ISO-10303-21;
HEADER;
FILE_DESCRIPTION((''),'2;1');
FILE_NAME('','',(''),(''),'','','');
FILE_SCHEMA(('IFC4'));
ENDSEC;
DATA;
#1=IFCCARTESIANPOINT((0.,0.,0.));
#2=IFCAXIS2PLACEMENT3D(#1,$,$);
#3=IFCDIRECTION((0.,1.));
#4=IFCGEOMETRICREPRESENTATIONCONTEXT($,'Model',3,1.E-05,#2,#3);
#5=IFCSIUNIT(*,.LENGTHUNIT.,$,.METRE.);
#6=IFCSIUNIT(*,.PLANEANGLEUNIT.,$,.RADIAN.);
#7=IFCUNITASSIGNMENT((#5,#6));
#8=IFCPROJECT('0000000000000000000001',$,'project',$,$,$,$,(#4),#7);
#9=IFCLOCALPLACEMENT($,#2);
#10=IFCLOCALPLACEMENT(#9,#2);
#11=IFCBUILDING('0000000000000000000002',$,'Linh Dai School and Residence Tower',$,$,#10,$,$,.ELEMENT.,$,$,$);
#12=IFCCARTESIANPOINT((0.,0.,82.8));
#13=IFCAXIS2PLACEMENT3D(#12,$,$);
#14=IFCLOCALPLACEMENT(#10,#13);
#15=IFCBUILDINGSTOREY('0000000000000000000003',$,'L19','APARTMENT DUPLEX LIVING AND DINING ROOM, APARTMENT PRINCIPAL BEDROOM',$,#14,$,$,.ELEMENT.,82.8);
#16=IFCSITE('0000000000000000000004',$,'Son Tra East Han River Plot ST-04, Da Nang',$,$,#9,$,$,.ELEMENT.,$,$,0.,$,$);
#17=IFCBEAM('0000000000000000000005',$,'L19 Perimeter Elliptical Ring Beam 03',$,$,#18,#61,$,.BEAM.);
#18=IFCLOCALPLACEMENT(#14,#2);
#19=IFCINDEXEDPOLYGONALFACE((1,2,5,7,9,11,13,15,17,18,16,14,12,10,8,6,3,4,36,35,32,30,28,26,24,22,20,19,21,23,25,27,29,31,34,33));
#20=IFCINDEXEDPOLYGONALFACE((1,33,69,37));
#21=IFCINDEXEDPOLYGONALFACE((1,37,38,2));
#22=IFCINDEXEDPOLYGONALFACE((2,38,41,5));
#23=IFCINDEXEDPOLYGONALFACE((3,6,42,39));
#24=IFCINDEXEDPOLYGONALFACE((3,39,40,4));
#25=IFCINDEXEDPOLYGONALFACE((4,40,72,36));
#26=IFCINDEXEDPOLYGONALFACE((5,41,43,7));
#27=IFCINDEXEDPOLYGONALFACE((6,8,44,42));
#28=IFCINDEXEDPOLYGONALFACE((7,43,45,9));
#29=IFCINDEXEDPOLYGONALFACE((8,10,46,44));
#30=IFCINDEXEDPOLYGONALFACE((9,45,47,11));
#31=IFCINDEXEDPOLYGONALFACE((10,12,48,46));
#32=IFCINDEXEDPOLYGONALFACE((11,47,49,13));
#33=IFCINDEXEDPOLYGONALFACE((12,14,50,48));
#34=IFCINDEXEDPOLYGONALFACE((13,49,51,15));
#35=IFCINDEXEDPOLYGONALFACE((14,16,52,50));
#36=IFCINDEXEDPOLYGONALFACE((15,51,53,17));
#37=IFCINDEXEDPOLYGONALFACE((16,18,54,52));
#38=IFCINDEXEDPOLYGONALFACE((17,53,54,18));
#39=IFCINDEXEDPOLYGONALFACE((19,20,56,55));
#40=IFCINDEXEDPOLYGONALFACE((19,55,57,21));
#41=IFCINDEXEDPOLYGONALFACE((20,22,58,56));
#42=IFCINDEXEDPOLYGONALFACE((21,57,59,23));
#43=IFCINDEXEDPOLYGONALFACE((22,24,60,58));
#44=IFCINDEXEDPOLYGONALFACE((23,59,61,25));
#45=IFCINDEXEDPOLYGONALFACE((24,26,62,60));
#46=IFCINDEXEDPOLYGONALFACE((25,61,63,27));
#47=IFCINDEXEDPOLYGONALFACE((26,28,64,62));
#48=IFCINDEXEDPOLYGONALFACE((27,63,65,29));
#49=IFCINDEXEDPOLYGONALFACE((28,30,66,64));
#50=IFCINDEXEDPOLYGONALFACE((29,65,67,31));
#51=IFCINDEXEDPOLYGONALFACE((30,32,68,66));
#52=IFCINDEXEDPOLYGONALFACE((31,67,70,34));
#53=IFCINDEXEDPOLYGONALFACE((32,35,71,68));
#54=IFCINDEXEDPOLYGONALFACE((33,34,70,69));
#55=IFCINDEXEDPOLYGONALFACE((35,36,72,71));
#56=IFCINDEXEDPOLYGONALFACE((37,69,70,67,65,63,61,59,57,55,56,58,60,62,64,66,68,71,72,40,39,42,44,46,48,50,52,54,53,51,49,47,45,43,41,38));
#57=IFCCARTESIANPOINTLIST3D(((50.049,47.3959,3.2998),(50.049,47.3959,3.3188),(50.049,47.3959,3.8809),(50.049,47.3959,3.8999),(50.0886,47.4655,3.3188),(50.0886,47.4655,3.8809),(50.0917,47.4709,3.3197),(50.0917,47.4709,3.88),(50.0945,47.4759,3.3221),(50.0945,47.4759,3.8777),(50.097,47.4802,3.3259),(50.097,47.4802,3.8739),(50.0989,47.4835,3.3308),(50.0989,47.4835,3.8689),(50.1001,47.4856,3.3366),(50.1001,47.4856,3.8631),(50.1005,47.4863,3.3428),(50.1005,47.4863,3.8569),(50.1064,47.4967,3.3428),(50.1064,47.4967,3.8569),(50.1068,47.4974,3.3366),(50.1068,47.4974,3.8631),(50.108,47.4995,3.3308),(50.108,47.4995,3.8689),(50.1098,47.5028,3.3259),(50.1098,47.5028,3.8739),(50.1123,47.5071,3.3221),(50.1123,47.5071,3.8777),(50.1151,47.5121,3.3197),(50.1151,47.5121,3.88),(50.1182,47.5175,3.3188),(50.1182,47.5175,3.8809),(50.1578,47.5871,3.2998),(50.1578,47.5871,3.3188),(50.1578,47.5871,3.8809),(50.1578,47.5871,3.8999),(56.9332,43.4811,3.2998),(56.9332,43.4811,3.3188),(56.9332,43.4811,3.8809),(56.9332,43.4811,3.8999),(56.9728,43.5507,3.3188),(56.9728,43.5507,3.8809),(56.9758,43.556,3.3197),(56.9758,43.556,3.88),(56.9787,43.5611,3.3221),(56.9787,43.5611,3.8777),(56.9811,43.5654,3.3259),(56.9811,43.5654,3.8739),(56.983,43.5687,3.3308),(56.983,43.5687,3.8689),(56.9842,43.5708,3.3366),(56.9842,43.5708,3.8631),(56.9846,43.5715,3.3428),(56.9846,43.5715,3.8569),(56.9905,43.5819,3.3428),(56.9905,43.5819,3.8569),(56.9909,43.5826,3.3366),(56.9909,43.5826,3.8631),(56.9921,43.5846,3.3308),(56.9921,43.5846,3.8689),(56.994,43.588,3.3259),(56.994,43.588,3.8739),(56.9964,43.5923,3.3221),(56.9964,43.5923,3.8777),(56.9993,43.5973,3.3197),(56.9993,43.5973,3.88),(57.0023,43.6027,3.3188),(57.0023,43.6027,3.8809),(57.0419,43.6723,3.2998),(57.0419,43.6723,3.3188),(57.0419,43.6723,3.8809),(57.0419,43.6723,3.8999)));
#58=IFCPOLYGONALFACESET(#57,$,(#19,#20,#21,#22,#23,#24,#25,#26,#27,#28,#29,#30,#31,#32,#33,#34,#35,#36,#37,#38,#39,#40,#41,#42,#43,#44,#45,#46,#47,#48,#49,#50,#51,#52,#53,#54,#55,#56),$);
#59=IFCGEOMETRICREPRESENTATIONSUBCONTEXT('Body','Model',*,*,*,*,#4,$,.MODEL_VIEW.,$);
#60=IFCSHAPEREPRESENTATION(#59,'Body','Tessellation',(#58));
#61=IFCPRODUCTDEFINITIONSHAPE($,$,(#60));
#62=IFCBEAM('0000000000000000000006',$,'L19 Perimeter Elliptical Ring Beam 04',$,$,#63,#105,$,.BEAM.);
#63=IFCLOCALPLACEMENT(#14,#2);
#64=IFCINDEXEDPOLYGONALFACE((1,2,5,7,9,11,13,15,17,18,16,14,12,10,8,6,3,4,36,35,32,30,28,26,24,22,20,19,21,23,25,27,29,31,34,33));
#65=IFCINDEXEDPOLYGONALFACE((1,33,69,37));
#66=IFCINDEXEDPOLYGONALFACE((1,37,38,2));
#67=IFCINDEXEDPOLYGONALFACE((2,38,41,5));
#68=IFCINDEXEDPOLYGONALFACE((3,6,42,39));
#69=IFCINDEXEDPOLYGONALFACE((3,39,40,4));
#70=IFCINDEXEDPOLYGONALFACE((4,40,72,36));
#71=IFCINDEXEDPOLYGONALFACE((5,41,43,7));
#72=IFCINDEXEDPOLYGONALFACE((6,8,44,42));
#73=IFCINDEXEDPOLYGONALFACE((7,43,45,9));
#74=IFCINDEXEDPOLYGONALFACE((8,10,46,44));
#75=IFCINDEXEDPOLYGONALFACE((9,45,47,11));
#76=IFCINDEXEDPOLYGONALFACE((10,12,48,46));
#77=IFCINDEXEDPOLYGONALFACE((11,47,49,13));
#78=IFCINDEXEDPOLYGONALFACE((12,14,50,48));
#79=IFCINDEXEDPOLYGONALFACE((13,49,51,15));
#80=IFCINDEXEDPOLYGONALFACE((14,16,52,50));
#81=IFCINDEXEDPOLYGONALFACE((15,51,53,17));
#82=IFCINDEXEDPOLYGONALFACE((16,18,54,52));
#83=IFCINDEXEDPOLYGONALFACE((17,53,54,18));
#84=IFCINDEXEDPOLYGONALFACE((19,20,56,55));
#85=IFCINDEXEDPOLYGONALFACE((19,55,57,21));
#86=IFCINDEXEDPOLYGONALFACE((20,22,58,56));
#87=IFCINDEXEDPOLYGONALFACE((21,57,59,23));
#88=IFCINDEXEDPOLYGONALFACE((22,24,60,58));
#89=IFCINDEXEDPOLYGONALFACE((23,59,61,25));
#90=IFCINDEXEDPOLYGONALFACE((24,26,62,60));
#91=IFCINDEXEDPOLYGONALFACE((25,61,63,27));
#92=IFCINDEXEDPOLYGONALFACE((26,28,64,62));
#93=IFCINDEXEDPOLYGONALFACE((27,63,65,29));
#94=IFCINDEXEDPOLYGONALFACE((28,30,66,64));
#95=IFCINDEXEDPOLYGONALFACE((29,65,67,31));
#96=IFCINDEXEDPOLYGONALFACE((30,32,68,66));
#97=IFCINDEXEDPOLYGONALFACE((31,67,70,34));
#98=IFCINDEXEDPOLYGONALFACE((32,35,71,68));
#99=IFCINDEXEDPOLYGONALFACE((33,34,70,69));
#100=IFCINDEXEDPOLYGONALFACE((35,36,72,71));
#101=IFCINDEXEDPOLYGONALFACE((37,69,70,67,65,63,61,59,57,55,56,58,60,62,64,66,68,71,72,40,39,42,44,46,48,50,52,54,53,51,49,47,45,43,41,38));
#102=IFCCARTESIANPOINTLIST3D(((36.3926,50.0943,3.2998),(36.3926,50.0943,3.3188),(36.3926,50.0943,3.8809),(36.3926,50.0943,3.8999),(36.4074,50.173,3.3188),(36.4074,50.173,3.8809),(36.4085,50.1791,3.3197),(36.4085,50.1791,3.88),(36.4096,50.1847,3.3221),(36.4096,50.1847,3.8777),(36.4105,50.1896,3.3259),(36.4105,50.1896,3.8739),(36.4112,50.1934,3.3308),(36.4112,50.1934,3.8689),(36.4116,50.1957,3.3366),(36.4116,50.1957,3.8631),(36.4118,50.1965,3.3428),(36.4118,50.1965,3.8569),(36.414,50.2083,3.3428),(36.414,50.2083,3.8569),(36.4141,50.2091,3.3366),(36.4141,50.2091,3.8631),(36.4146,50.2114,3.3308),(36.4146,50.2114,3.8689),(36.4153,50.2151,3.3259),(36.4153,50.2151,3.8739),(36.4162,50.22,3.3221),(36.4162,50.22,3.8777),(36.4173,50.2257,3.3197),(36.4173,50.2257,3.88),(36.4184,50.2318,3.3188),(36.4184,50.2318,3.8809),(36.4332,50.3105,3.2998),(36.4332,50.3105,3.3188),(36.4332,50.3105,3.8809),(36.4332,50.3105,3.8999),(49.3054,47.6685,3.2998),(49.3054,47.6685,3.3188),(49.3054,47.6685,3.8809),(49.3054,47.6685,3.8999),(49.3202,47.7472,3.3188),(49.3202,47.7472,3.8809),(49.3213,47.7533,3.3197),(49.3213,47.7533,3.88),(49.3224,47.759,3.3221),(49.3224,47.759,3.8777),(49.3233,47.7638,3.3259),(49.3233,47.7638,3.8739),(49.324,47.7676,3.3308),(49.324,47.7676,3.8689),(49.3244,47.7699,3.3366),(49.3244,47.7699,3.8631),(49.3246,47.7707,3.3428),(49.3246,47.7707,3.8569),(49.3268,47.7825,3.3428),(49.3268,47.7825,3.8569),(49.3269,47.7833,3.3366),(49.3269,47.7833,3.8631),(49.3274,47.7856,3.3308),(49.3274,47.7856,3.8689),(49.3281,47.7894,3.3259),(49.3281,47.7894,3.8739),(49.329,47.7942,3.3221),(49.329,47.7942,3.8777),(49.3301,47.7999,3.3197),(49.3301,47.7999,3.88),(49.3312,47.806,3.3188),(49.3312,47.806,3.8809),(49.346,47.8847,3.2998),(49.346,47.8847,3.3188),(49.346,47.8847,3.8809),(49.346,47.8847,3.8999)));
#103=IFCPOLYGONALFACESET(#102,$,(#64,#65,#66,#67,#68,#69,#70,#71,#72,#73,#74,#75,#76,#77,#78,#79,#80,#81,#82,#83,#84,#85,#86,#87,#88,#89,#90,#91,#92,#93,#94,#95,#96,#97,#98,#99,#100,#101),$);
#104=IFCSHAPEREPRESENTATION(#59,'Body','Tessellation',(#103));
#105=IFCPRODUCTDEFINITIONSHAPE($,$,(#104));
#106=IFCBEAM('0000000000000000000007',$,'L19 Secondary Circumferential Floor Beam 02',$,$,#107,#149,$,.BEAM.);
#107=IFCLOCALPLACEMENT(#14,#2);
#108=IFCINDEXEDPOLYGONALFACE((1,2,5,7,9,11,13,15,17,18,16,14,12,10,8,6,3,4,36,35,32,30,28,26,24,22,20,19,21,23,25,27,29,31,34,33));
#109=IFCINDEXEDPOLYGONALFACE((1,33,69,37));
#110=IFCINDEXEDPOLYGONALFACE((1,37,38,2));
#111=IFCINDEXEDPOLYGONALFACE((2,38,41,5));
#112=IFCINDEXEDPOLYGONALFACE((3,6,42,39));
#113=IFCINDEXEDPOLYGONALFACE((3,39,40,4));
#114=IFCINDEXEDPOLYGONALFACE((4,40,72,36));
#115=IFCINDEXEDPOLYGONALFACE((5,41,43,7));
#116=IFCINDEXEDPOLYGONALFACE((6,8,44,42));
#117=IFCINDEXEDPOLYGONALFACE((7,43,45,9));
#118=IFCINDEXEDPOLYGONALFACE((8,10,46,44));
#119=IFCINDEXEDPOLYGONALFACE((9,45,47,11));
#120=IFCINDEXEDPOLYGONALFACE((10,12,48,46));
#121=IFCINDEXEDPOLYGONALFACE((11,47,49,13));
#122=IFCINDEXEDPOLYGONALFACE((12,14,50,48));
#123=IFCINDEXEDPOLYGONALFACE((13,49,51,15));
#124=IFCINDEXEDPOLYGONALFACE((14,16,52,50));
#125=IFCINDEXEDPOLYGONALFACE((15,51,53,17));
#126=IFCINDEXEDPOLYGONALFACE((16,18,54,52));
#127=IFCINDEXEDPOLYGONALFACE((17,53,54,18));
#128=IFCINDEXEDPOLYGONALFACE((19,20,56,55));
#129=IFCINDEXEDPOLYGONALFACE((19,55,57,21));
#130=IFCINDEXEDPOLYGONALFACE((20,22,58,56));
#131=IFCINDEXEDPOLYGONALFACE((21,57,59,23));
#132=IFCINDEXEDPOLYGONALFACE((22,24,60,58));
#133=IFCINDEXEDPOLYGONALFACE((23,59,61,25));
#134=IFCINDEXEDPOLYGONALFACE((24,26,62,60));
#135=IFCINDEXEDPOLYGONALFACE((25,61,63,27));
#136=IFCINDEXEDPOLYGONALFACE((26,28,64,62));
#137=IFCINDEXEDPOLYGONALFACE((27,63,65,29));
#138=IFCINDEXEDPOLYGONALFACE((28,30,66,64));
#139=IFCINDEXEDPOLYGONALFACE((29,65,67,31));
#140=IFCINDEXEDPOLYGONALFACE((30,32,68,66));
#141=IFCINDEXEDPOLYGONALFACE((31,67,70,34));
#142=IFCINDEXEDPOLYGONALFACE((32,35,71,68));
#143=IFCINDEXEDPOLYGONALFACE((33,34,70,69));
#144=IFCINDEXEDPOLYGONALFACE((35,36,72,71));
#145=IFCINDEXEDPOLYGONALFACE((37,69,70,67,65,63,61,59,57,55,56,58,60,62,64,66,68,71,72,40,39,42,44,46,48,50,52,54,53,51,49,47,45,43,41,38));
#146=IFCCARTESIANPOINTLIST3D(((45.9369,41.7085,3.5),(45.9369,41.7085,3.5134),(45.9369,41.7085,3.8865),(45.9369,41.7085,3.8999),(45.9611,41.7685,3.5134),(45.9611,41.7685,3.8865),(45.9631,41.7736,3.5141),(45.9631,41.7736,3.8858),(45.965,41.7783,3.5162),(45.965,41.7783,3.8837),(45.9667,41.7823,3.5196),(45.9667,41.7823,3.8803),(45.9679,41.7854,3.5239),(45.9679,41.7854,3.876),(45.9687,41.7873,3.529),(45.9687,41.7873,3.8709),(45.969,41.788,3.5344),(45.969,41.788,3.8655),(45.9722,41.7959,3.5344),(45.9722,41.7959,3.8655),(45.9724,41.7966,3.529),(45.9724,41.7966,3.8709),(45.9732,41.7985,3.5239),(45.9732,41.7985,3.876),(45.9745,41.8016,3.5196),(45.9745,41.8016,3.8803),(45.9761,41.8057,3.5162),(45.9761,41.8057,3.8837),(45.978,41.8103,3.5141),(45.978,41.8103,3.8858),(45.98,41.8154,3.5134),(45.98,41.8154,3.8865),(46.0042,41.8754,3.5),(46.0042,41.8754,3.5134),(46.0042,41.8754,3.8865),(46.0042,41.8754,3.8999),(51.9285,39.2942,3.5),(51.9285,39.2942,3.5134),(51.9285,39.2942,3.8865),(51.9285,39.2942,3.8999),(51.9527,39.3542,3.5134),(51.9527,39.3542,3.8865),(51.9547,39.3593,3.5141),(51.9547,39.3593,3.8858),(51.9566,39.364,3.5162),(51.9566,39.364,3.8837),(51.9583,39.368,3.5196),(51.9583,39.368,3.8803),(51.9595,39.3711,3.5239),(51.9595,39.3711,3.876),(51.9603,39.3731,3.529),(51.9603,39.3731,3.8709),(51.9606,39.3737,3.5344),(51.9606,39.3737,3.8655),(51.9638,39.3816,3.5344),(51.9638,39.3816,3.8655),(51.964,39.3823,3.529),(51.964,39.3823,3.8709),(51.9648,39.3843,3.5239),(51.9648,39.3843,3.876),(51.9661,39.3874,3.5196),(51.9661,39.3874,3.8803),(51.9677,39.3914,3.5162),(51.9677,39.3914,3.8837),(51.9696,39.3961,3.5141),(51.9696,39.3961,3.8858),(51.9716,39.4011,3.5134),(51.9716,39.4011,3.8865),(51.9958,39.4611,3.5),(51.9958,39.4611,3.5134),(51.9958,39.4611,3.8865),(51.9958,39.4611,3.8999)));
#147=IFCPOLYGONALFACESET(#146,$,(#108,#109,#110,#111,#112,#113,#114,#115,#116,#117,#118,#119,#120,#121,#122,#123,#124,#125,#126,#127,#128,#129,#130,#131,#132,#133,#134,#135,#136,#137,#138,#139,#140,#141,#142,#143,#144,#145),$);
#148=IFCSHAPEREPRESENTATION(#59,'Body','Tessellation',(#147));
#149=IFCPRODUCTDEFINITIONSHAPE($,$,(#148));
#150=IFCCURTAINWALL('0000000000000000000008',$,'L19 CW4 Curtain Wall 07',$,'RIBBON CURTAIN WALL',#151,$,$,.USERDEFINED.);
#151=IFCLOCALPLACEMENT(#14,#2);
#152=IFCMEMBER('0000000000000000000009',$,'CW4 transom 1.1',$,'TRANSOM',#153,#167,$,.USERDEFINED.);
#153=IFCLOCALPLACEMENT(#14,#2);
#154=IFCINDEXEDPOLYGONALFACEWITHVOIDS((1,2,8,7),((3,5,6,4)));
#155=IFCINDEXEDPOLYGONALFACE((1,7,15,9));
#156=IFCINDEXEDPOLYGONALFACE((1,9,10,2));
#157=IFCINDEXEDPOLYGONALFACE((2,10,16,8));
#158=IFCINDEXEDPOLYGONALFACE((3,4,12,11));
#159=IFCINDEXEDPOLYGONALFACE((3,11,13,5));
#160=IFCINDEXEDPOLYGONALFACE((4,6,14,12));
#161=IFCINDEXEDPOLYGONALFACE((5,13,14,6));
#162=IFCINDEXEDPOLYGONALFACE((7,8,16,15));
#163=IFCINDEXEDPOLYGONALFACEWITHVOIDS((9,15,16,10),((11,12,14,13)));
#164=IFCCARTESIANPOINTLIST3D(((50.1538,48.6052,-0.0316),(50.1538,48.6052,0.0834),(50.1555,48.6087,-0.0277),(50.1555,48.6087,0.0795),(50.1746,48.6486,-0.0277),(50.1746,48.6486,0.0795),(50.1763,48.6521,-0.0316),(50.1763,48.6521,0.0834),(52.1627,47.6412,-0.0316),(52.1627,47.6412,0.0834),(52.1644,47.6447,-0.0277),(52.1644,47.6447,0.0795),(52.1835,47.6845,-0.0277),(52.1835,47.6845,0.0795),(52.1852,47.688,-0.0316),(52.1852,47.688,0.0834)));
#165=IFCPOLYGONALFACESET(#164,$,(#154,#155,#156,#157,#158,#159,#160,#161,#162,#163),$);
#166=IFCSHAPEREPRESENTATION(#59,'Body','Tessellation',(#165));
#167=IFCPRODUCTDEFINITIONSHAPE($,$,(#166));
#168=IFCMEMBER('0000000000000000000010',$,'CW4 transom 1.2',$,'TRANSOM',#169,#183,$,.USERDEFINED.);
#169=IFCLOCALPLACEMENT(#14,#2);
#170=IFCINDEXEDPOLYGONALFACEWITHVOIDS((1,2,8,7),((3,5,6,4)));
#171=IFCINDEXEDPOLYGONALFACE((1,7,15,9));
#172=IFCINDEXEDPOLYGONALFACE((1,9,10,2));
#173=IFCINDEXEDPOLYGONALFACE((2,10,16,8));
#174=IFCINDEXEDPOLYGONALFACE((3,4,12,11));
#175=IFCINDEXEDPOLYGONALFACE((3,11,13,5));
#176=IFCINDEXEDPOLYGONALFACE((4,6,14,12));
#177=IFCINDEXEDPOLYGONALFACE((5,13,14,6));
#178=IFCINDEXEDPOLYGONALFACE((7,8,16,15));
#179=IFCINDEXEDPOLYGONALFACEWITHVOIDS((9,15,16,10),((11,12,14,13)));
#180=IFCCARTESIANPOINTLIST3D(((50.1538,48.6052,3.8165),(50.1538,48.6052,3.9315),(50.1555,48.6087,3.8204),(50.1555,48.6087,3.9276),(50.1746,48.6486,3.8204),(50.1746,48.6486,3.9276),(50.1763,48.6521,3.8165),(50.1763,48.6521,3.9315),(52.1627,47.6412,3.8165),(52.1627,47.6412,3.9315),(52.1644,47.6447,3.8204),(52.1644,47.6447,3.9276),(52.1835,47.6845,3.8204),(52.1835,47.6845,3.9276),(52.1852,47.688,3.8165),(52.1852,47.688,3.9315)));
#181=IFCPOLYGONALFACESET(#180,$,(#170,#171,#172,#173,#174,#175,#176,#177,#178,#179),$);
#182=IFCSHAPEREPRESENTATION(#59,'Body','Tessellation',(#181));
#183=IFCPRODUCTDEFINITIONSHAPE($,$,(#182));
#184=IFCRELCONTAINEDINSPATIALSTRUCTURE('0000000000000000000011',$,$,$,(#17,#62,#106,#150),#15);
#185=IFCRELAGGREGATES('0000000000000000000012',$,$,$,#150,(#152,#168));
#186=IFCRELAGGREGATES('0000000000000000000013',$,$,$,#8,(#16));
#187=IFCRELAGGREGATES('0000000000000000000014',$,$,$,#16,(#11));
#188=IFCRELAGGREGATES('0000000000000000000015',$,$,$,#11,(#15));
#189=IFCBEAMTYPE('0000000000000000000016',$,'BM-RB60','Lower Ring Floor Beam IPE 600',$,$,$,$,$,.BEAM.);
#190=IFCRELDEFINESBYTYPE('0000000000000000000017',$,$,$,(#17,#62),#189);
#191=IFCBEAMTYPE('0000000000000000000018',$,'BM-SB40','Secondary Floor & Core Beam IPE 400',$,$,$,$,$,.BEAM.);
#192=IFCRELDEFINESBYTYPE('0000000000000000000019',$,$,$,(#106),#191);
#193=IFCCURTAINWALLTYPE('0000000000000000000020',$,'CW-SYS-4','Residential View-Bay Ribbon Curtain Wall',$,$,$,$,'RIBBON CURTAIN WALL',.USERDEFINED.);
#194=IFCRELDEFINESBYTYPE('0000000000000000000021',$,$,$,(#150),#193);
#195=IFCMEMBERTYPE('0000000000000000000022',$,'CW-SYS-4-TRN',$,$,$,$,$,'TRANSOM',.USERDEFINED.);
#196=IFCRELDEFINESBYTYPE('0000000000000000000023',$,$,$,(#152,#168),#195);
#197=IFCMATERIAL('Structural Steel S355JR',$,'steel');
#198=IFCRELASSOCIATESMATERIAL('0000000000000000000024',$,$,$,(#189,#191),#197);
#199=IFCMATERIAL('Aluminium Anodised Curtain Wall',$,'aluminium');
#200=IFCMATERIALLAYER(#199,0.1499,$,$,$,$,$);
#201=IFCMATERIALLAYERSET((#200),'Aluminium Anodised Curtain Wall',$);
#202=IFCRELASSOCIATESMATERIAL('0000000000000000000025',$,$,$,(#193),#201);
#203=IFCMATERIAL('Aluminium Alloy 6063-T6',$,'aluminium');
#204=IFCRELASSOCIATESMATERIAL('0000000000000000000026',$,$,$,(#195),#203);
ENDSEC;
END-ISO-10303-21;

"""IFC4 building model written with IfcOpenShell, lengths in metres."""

from ifc_helpers import new_model, si_unit, direction, frame, origin, origin_2d, place, context, subcontext, project, spatial, hollow_rectangle, i_section, extrude, source, transform, mapped, material, layer, layer_set, material_profile, profile_set, type_object, element, aggregate, save


model = new_model("IFC4")

# Units and contexts
model_context = context("Model", 3, precision=1e-05, world=origin(), true_north=direction((0.0, 1.0)))
body_context = subcontext(model_context, "Body", "Model", "MODEL_VIEW")
ifc_project = project(units=[si_unit("LENGTHUNIT", "METRE"), si_unit("PLANEANGLEUNIT", "RADIAN")], contexts=[model_context])

# Site, building, storey
site_placement = place(None, origin())
site = spatial("IfcSite", under=ifc_project, at=site_placement, Name="Son Tra East Han River Plot ST-04, Da Nang", CompositionType="ELEMENT", RefElevation=0.0)
building_placement = place(site_placement, origin())
building = spatial("IfcBuilding", under=site, at=building_placement, Name="Linh Dai School and Residence Tower", CompositionType="ELEMENT")
storey_placement = place(building_placement, frame((0.0, 0.0, 82.8)))
storey = spatial("IfcBuildingStorey", under=building, at=storey_placement, Name="L19", Description="APARTMENT DUPLEX LIVING AND DINING ROOM, APARTMENT PRINCIPAL BEDROOM", CompositionType="ELEMENT", Elevation=82.8)

# Shared definitions
ifc_material_1 = material(Name="Structural Steel S355JR", Category="steel")

# Beams
ifc_material_profile_1 = material_profile(ifc_material_1, i_section(OverallWidth=0.22, OverallDepth=0.6001, WebThickness=0.012, FlangeThickness=0.019, FilletRadius=0.0239, at=origin_2d()), Name="IPE 600")
ifc_profile_set_1 = profile_set([ifc_material_profile_1], Name="Structural Steel S355JR")
beam_type_1 = type_object("IfcBeamType", Name="BM-RB60", Description="Lower Ring Floor Beam IPE 600", PredefinedType="BEAM", material=ifc_profile_set_1)
beam_1_placement = place(storey_placement, frame((56.9875, 43.5767, 3.5999), z_axis=(-0.869271, 0.494335, 0.0), x_axis=(-0.494335, -0.869271, 0.0)))
element("IfcBeam", 1, at=beam_1_placement, inside=storey, type_object=beam_type_1, Name="L19 Perimeter Elliptical Ring Beam 03", PredefinedType="BEAM", context=body_context, shape_type="SweptSolid", body=[
    extrude(i_section(OverallWidth=0.22, OverallDepth=0.6001, WebThickness=0.012, FlangeThickness=0.019, FilletRadius=0.0239, at=origin_2d()), origin(), (0.0, 0.0, 1.0), 7.9194),
])
beam_2_placement = place(storey_placement, frame((49.3257, 47.7766, 3.5999), z_axis=(-0.982808, 0.184628, 0.0), x_axis=(-0.184628, -0.982808, 0.0)))
element("IfcBeam", 2, at=beam_2_placement, inside=storey, type_object=beam_type_1, Name="L19 Perimeter Elliptical Ring Beam 04", PredefinedType="BEAM", context=body_context, shape_type="SweptSolid", body=[
    extrude(i_section(OverallWidth=0.22, OverallDepth=0.6001, WebThickness=0.012, FlangeThickness=0.019, FilletRadius=0.0239, at=origin_2d()), origin(), (0.0, 0.0, 1.0), 13.1387),
])
ifc_material_profile_2 = material_profile(ifc_material_1, i_section(OverallWidth=0.1799, OverallDepth=0.3999, WebThickness=0.0085, FlangeThickness=0.0134, FilletRadius=0.021, at=origin_2d()), Name="IPE 400")
ifc_profile_set_2 = profile_set([ifc_material_profile_2], Name="Structural Steel S355JR")
beam_type_2 = type_object("IfcBeamType", Name="BM-SB40", Description="Secondary Floor & Core Beam IPE 400", PredefinedType="BEAM", material=ifc_profile_set_2)
beam_3_placement = place(storey_placement, frame((51.9622, 39.3777, 3.7), z_axis=(-0.927533, 0.373742, 0.0), x_axis=(-0.373742, -0.927533, 0.0)))
element("IfcBeam", 3, at=beam_3_placement, inside=storey, type_object=beam_type_2, Name="L19 Secondary Circumferential Floor Beam 02", PredefinedType="BEAM", context=body_context, shape_type="SweptSolid", body=[
    extrude(i_section(OverallWidth=0.1799, OverallDepth=0.3999, WebThickness=0.0085, FlangeThickness=0.0134, FilletRadius=0.021, at=origin_2d()), origin(), (0.0, 0.0, 1.0), 6.4597),
])

# Curtain wall, members
ifc_material_2 = material(Name="Aluminium Anodised Curtain Wall", Category="aluminium")
ifc_layer_1 = layer(ifc_material_2, 0.1499)
ifc_layer_set_1 = layer_set([ifc_layer_1], Name="Aluminium Anodised Curtain Wall")
curtain_wall_type = type_object("IfcCurtainWallType", Name="CW-SYS-4", Description="Residential View-Bay Ribbon Curtain Wall", ElementType="RIBBON CURTAIN WALL", PredefinedType="USERDEFINED", material=ifc_layer_set_1)
curtain_wall_placement = place(storey_placement, origin())
curtain_wall = element("IfcCurtainWall", 4, at=curtain_wall_placement, inside=storey, type_object=curtain_wall_type, Name="L19 CW4 Curtain Wall 07", ObjectType="RIBBON CURTAIN WALL", PredefinedType="USERDEFINED")
ifc_material_3 = material(Name="Aluminium Alloy 6063-T6", Category="aluminium")
ifc_material_profile_3 = material_profile(ifc_material_3, hollow_rectangle(XDim=0.052, YDim=0.115, WallThickness=0.0039, at=origin_2d()), Name="RHS 115x52x4")
ifc_profile_set_3 = profile_set([ifc_material_profile_3], Name="Aluminium Alloy 6063-T6")
member_type_1 = type_object("IfcMemberType", Name="CW-SYS-4-TRN", ElementType="TRANSOM", PredefinedType="USERDEFINED", material=ifc_profile_set_3)
shared_shape_1 = source(origin(), body_context, "Body", "SweptSolid", [
    extrude(hollow_rectangle(XDim=0.052, YDim=0.115, WallThickness=0.0039, at=origin_2d()), origin(), (0.0, 0.0, 1.0), 2.2283),
])
member_1_placement = place(storey_placement, frame((50.165, 48.6287, 0.0259), z_axis=(0.901562, -0.432649, 0.0), x_axis=(0.432649, 0.901562, 0.0)))
member_1 = element("IfcMember", 5, at=member_1_placement, type_object=member_type_1, Name="CW4 transom 1.1", ObjectType="TRANSOM", PredefinedType="USERDEFINED", context=body_context, shape_type="MappedRepresentation", body=[
    mapped(shared_shape_1, transform((0.0, 0.0, 0.0), x_axis=(1.0, 0.0, 0.0), y_axis=(0.0, 1.0, 0.0), z_axis=(0.0, 0.0, 1.0), scale=1.0)),
])
member_2_placement = place(storey_placement, frame((50.165, 48.6287, 3.874), z_axis=(0.901562, -0.432649, 0.0), x_axis=(0.432649, 0.901562, 0.0)))
member_2 = element("IfcMember", 6, at=member_2_placement, type_object=member_type_1, Name="CW4 transom 1.2", ObjectType="TRANSOM", PredefinedType="USERDEFINED", context=body_context, shape_type="MappedRepresentation", body=[
    mapped(shared_shape_1, transform((0.0, 0.0, 0.0), x_axis=(1.0, 0.0, 0.0), y_axis=(0.0, 1.0, 0.0), z_axis=(0.0, 0.0, 1.0), scale=1.0)),
])

aggregate(curtain_wall, [member_1, member_2])

save(model, "model.ifc")
